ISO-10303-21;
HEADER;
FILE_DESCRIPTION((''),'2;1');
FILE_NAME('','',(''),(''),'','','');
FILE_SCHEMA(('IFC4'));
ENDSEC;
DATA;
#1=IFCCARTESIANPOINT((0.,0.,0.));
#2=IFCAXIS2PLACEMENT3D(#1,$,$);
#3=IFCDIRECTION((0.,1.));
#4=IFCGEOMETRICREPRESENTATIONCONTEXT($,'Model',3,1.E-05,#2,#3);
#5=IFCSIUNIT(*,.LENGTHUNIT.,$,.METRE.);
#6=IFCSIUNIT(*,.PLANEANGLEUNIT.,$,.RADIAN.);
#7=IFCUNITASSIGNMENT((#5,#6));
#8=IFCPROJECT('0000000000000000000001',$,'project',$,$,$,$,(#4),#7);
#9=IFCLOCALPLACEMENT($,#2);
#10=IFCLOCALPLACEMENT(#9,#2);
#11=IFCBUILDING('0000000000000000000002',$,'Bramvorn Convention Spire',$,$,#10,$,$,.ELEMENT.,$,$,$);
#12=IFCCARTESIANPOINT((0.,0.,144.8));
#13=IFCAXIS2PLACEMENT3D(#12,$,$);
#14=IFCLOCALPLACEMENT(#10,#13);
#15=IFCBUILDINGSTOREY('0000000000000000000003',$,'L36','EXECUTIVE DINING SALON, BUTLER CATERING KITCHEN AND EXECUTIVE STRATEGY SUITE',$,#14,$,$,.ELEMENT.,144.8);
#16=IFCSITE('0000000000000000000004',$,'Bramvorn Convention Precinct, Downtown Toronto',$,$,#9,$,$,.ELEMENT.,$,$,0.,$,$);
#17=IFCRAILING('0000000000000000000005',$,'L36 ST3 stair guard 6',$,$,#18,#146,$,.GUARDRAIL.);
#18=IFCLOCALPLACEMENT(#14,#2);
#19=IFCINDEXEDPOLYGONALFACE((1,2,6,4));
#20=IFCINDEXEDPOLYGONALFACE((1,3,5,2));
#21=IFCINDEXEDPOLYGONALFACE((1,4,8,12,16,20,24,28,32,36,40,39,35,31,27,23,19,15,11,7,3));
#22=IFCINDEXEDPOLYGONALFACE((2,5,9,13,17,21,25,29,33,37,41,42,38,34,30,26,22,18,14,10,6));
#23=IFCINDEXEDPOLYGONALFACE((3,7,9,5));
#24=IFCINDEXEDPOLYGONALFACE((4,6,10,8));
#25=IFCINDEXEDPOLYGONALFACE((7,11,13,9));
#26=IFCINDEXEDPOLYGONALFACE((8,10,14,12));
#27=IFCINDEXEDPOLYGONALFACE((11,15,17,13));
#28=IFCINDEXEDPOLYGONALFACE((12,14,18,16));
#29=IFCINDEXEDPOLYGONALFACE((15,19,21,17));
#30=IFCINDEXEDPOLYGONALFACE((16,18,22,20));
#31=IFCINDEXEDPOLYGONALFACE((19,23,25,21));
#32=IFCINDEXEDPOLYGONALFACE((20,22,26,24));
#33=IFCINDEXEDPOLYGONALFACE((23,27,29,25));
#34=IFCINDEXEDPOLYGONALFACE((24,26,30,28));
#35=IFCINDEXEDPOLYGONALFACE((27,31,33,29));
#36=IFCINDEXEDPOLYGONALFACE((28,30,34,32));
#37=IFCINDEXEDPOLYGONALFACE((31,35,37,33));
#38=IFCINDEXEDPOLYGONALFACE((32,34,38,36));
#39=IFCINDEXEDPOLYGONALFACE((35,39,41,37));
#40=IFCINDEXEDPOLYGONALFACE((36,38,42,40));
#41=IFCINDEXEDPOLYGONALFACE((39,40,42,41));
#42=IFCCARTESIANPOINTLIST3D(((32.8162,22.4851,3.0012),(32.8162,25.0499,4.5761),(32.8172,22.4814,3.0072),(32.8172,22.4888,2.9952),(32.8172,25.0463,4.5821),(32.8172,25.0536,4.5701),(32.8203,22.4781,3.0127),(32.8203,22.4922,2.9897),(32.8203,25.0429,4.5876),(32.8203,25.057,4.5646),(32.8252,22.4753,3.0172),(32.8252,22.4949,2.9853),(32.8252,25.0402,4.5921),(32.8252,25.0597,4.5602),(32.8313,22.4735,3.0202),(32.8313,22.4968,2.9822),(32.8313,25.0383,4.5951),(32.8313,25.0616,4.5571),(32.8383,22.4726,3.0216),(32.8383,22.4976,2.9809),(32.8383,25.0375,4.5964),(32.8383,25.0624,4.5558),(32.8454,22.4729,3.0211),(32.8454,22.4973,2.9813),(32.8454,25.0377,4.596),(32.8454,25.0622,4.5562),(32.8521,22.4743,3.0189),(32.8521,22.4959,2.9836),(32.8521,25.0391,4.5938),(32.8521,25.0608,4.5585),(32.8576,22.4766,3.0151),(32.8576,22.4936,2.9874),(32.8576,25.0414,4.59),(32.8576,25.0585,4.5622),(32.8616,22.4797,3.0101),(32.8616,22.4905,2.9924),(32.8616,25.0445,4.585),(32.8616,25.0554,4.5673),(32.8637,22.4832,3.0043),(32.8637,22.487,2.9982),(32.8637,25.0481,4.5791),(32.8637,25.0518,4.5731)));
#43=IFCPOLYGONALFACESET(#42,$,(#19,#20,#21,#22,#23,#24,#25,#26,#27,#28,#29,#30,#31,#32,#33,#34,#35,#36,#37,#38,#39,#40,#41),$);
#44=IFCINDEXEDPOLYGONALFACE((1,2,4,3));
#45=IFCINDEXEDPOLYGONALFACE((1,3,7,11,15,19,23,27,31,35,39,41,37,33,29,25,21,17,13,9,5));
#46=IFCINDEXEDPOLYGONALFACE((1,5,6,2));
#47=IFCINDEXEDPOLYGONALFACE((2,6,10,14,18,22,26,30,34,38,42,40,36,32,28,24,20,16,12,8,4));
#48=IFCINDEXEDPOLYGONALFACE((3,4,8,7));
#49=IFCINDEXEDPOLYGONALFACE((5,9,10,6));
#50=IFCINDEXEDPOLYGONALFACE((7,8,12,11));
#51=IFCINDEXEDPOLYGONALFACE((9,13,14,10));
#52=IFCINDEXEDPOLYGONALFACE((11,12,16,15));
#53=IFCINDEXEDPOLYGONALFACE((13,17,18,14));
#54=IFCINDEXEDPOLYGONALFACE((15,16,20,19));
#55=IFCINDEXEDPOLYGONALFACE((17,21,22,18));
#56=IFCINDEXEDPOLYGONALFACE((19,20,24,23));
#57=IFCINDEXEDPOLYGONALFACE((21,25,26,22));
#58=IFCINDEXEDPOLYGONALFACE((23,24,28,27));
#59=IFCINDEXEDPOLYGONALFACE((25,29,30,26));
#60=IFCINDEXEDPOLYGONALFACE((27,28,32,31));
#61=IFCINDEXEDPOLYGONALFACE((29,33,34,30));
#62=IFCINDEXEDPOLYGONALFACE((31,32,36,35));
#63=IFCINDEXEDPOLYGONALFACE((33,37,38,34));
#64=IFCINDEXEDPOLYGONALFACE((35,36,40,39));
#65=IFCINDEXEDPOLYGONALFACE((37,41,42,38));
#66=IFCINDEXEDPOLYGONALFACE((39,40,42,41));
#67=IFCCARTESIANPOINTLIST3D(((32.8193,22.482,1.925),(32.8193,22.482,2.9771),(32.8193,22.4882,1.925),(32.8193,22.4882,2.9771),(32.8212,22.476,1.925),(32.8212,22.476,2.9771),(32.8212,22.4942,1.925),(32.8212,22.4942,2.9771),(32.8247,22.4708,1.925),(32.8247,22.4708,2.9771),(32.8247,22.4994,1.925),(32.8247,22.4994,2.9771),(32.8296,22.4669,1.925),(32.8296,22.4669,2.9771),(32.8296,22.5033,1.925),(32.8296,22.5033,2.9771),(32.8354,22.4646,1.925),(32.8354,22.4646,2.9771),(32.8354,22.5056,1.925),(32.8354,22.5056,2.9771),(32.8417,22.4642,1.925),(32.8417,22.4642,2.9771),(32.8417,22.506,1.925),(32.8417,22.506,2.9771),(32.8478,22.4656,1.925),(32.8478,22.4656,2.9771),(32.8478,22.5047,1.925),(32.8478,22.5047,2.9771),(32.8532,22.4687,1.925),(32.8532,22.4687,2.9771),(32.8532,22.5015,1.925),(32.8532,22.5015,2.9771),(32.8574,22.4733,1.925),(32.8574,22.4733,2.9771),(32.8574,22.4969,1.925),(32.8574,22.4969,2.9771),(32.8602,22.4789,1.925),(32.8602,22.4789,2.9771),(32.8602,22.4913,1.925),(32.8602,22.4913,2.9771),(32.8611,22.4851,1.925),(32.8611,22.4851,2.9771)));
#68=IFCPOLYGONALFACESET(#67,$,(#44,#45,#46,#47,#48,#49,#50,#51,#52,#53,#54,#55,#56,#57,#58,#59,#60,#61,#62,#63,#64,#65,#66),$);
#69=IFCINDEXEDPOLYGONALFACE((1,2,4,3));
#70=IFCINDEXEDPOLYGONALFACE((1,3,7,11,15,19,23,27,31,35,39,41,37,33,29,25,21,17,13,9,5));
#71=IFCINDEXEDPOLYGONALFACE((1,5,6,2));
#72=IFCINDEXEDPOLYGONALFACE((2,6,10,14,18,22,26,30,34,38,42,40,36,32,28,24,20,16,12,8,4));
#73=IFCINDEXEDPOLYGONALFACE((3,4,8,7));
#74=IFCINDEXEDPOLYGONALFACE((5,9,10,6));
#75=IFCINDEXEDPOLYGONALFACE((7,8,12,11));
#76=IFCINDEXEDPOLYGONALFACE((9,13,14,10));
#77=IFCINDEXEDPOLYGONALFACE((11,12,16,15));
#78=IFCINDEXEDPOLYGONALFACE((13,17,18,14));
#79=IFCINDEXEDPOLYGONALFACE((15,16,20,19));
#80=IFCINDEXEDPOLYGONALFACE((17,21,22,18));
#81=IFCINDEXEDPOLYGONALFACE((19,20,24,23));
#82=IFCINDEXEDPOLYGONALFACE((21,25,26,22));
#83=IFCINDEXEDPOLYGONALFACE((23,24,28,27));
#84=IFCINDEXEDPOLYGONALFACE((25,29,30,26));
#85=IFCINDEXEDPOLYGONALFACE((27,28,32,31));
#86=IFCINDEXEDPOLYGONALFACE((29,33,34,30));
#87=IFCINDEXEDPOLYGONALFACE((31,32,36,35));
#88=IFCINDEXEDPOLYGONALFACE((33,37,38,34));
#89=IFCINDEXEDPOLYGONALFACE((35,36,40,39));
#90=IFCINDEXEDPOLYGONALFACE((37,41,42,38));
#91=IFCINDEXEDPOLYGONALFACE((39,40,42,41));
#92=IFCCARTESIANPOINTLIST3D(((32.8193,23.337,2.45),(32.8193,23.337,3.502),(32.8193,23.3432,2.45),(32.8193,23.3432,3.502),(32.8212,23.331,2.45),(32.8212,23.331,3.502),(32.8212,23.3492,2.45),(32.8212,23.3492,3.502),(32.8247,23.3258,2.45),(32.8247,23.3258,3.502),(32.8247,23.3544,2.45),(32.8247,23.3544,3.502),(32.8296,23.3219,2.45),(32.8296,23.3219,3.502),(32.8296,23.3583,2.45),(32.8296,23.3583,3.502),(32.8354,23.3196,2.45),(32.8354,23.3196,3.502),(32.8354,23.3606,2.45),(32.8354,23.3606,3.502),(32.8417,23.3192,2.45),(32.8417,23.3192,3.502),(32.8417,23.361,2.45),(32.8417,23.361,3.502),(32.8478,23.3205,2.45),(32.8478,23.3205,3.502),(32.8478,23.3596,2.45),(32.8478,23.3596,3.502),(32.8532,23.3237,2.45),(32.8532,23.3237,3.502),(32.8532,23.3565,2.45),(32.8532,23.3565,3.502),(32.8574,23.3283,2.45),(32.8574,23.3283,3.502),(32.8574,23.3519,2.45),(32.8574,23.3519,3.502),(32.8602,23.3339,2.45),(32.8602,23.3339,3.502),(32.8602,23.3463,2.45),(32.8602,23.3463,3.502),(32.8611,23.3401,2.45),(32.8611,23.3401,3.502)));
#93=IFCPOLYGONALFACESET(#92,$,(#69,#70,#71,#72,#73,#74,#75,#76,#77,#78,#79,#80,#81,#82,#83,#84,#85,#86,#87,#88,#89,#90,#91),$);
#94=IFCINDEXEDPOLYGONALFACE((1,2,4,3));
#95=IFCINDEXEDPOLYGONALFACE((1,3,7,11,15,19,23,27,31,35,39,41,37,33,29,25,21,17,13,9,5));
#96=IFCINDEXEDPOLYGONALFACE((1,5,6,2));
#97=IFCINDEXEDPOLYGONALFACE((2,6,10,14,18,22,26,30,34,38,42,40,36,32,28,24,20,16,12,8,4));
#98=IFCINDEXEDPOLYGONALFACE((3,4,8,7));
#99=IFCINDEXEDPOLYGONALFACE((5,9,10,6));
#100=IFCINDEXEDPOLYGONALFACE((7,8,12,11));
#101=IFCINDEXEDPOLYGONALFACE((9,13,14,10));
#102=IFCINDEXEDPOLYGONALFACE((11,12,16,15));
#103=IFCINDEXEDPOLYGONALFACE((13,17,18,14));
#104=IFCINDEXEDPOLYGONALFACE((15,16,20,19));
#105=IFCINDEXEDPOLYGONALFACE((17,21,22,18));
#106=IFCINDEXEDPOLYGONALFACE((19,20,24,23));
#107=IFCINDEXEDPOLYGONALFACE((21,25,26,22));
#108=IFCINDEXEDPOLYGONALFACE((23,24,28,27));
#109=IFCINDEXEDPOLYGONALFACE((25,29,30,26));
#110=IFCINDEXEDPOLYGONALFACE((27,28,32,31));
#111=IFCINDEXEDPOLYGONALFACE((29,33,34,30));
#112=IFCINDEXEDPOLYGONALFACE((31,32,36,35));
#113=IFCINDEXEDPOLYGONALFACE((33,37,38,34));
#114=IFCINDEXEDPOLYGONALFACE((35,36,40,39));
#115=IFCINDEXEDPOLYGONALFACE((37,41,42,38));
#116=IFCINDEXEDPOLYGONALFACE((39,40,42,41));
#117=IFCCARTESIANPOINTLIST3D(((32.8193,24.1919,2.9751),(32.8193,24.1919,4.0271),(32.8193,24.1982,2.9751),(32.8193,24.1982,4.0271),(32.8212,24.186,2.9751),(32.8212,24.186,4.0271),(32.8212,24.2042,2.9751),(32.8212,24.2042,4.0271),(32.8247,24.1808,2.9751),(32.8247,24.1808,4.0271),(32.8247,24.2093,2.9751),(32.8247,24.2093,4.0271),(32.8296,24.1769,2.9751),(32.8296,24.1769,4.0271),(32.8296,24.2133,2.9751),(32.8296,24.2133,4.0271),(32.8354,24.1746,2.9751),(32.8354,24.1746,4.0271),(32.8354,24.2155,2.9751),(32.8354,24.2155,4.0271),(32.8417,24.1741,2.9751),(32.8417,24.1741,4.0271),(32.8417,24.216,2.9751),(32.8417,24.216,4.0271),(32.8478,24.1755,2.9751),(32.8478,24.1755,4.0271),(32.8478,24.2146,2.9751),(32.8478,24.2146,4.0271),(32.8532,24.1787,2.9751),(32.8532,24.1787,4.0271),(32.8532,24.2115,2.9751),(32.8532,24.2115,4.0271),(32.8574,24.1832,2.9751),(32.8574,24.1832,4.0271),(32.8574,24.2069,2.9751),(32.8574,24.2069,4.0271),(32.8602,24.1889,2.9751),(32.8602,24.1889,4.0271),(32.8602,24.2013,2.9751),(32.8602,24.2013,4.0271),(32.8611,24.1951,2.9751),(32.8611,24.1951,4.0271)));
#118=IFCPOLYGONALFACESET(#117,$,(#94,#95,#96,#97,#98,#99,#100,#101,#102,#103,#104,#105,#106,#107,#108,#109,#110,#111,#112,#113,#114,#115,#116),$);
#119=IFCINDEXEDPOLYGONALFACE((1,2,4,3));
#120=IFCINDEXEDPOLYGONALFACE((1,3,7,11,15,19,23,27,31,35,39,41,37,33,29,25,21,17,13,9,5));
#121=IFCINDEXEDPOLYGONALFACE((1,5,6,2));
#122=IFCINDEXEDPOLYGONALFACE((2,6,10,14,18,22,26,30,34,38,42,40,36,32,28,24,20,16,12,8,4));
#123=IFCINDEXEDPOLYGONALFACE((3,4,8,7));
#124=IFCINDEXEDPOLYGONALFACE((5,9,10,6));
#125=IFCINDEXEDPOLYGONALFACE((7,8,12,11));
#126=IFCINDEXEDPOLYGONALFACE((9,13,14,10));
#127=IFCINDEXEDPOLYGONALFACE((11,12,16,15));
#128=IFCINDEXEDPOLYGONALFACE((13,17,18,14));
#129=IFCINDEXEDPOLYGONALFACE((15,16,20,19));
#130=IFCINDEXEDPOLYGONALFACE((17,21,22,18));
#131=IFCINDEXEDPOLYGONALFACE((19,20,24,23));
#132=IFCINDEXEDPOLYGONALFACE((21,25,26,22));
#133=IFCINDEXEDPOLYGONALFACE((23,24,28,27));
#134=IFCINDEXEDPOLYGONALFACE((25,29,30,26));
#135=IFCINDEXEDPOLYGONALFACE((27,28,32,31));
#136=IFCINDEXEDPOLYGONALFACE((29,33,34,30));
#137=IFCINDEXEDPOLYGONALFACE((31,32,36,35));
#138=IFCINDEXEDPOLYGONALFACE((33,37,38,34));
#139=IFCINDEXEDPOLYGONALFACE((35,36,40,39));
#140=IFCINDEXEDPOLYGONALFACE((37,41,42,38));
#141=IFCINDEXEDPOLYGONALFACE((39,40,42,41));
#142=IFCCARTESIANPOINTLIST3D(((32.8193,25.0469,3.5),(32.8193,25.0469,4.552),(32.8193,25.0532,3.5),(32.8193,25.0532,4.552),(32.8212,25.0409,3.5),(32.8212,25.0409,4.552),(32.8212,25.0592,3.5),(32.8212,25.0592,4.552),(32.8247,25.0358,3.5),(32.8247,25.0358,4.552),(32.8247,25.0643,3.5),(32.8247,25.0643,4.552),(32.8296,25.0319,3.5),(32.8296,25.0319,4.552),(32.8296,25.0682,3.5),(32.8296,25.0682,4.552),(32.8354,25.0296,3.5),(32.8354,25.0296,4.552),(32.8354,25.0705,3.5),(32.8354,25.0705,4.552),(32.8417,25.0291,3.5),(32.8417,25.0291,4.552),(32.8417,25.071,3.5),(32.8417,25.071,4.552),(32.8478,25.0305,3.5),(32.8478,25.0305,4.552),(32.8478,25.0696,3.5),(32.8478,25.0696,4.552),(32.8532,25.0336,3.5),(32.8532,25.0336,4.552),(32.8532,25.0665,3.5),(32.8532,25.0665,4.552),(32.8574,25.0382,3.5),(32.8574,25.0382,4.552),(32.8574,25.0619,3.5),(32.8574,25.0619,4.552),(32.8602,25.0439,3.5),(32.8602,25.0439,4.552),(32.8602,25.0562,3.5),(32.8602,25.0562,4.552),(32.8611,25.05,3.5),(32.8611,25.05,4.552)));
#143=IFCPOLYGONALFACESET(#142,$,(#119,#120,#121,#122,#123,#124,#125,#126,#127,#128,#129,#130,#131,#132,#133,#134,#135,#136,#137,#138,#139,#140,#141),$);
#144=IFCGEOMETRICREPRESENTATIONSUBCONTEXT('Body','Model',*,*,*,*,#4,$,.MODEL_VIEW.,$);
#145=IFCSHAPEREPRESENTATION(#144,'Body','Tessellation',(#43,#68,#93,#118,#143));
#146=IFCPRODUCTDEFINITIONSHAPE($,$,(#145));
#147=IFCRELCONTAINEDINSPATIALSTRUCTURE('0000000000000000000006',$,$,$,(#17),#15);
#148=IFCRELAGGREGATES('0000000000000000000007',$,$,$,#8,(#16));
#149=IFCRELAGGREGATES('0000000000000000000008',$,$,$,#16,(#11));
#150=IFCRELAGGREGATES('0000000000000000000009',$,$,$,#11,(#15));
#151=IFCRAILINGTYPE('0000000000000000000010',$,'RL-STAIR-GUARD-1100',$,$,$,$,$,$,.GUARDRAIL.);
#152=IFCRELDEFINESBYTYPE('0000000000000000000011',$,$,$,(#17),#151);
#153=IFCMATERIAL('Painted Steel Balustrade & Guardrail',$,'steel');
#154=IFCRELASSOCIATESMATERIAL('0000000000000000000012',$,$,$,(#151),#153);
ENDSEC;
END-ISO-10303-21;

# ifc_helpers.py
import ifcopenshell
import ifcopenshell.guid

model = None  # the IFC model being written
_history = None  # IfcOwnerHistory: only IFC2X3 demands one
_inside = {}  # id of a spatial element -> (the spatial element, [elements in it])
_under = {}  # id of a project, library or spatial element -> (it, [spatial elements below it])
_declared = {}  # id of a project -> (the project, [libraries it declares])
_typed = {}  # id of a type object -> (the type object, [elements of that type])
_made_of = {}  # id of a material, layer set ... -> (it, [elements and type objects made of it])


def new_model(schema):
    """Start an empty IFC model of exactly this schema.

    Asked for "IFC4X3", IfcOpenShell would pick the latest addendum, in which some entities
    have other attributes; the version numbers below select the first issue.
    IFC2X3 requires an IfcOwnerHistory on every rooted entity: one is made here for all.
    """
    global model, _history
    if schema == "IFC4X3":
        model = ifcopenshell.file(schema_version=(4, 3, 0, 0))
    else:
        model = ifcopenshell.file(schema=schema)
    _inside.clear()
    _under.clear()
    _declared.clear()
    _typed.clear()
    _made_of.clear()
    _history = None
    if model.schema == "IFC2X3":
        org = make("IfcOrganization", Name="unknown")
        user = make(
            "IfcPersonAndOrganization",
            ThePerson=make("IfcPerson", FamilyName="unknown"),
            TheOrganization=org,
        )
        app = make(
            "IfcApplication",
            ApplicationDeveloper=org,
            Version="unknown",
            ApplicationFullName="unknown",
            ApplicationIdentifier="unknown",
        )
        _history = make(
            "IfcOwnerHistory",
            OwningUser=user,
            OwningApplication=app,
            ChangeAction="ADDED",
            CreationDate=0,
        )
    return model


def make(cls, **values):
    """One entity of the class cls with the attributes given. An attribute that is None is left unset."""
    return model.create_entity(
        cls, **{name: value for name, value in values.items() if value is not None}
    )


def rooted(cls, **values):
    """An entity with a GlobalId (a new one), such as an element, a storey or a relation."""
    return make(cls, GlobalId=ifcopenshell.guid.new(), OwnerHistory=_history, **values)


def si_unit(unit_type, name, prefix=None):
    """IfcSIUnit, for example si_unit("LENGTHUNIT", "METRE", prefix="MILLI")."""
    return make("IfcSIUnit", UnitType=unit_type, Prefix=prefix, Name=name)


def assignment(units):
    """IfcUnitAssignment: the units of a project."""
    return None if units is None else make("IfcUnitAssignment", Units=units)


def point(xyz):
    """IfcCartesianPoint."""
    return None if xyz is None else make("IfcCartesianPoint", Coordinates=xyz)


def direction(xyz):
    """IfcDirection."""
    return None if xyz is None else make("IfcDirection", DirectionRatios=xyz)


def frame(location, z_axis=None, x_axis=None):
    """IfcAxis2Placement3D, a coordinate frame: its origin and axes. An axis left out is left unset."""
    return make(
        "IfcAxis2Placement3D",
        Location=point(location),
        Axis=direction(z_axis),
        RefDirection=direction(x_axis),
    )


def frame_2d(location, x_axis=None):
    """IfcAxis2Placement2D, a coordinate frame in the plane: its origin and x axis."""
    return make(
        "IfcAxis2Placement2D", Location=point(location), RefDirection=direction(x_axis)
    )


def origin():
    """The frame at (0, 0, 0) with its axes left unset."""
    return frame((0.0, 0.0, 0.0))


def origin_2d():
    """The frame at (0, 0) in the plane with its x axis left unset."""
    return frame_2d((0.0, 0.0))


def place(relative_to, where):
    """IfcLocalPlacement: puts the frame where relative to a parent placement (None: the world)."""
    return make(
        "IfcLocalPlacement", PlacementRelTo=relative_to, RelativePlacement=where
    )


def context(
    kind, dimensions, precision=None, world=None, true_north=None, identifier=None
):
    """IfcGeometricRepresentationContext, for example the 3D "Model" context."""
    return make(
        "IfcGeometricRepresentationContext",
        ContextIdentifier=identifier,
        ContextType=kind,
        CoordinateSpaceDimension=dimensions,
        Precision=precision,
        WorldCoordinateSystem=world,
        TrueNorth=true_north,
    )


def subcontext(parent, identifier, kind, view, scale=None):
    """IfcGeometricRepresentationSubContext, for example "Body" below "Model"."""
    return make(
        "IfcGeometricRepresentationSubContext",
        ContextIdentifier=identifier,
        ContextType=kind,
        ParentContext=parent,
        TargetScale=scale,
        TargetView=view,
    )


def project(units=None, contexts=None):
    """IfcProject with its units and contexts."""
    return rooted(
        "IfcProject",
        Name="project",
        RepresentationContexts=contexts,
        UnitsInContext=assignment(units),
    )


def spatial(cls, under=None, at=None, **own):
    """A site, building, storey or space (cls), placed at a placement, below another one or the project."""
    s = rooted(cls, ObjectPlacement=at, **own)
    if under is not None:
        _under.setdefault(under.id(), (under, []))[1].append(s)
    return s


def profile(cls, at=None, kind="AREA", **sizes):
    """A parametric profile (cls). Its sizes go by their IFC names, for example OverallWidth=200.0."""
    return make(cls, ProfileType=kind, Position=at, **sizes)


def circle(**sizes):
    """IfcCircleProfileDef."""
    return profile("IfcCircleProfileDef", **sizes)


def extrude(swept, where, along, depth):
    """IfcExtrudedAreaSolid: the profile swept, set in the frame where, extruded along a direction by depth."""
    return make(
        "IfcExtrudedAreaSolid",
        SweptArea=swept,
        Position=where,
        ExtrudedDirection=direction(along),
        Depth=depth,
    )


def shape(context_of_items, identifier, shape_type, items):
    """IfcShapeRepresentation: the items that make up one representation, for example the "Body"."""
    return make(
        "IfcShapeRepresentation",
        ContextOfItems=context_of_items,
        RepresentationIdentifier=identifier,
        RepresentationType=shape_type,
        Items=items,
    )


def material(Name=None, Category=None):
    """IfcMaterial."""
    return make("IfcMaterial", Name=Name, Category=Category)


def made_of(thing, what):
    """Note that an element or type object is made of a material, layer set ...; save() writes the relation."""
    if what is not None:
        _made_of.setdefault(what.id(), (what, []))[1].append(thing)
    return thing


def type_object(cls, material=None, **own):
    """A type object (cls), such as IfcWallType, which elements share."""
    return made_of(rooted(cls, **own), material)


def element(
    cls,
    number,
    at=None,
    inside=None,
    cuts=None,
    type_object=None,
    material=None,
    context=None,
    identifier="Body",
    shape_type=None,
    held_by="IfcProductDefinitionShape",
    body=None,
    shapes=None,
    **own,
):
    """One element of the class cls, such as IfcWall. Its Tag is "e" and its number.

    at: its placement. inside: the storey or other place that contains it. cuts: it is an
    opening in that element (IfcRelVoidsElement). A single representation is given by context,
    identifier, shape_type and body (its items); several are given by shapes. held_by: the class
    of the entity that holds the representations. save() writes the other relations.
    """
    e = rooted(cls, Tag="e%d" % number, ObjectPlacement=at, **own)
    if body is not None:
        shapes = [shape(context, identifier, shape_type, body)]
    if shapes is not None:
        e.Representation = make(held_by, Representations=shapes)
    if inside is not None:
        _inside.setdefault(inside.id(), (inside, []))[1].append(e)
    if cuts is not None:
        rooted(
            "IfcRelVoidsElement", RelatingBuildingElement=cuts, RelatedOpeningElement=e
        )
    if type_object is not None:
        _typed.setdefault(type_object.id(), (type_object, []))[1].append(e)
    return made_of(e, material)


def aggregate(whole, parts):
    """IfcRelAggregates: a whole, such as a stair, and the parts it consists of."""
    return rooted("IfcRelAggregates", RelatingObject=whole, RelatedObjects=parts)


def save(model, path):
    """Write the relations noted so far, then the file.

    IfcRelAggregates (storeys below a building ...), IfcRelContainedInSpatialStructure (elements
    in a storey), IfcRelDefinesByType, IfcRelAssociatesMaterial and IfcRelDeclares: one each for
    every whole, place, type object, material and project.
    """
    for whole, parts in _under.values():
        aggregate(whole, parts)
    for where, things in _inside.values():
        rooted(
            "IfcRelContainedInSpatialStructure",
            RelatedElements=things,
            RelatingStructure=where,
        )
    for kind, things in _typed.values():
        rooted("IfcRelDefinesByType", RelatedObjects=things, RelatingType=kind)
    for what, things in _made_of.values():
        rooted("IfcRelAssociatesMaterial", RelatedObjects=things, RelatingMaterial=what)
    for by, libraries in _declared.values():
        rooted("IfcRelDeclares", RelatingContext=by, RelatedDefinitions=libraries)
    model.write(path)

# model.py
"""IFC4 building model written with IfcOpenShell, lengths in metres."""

from ifc_helpers import new_model, si_unit, direction, frame, origin, origin_2d, place, context, subcontext, project, spatial, circle, extrude, material, type_object, element, save


model = new_model("IFC4")

# Units and contexts
model_context = context("Model", 3, precision=1e-05, world=origin(), true_north=direction((0.0, 1.0)))
body_context = subcontext(model_context, "Body", "Model", "MODEL_VIEW")
ifc_project = project(units=[si_unit("LENGTHUNIT", "METRE"), si_unit("PLANEANGLEUNIT", "RADIAN")], contexts=[model_context])

# Site, building, storey
site_placement = place(None, origin())
site = spatial("IfcSite", under=ifc_project, at=site_placement, Name="Bramvorn Convention Precinct, Downtown Toronto", CompositionType="ELEMENT", RefElevation=0.0)
building_placement = place(site_placement, origin())
building = spatial("IfcBuilding", under=site, at=building_placement, Name="Bramvorn Convention Spire", CompositionType="ELEMENT")
storey_placement = place(building_placement, frame((0.0, 0.0, 144.8)))
storey = spatial("IfcBuildingStorey", under=building, at=storey_placement, Name="L36", Description="EXECUTIVE DINING SALON, BUTLER CATERING KITCHEN AND EXECUTIVE STRATEGY SUITE", CompositionType="ELEMENT", Elevation=144.8)

# Railing
ifc_material_1 = material(Name="Painted Steel Balustrade & Guardrail", Category="steel")
railing_type_1 = type_object("IfcRailingType", Name="RL-STAIR-GUARD-1100", PredefinedType="GUARDRAIL", material=ifc_material_1)
railing_1_placement = place(storey_placement, frame((32.8401, 22.4851, 1.925)))
element("IfcRailing", 1, at=railing_1_placement, inside=storey, type_object=railing_type_1, Name="L36 ST3 stair guard 6", PredefinedType="GUARDRAIL", context=body_context, shape_type="SweptSolid", body=[
    extrude(circle(Radius=0.0239, at=origin_2d()), frame((0.0, 0.0, 1.0762), z_axis=(0.0, 0.852173, 0.52326), x_axis=(-1.0, 0.0, 0.0)), (0.0, 0.0, 1.0), 3.0098),
    extrude(circle(Radius=0.021, at=origin_2d()), origin(), (0.0, 0.0, 1.0), 1.052),
    extrude(circle(Radius=0.021, at=origin_2d()), frame((0.0, 0.855, 0.5249)), (0.0, 0.0, 1.0), 1.052),
    extrude(circle(Radius=0.021, at=origin_2d()), frame((0.0, 1.71, 1.05)), (0.0, 0.0, 1.0), 1.052),
    extrude(circle(Radius=0.021, at=origin_2d()), frame((0.0, 2.5649, 1.575)), (0.0, 0.0, 1.0), 1.052),
])

save(model, "model.ifc")
